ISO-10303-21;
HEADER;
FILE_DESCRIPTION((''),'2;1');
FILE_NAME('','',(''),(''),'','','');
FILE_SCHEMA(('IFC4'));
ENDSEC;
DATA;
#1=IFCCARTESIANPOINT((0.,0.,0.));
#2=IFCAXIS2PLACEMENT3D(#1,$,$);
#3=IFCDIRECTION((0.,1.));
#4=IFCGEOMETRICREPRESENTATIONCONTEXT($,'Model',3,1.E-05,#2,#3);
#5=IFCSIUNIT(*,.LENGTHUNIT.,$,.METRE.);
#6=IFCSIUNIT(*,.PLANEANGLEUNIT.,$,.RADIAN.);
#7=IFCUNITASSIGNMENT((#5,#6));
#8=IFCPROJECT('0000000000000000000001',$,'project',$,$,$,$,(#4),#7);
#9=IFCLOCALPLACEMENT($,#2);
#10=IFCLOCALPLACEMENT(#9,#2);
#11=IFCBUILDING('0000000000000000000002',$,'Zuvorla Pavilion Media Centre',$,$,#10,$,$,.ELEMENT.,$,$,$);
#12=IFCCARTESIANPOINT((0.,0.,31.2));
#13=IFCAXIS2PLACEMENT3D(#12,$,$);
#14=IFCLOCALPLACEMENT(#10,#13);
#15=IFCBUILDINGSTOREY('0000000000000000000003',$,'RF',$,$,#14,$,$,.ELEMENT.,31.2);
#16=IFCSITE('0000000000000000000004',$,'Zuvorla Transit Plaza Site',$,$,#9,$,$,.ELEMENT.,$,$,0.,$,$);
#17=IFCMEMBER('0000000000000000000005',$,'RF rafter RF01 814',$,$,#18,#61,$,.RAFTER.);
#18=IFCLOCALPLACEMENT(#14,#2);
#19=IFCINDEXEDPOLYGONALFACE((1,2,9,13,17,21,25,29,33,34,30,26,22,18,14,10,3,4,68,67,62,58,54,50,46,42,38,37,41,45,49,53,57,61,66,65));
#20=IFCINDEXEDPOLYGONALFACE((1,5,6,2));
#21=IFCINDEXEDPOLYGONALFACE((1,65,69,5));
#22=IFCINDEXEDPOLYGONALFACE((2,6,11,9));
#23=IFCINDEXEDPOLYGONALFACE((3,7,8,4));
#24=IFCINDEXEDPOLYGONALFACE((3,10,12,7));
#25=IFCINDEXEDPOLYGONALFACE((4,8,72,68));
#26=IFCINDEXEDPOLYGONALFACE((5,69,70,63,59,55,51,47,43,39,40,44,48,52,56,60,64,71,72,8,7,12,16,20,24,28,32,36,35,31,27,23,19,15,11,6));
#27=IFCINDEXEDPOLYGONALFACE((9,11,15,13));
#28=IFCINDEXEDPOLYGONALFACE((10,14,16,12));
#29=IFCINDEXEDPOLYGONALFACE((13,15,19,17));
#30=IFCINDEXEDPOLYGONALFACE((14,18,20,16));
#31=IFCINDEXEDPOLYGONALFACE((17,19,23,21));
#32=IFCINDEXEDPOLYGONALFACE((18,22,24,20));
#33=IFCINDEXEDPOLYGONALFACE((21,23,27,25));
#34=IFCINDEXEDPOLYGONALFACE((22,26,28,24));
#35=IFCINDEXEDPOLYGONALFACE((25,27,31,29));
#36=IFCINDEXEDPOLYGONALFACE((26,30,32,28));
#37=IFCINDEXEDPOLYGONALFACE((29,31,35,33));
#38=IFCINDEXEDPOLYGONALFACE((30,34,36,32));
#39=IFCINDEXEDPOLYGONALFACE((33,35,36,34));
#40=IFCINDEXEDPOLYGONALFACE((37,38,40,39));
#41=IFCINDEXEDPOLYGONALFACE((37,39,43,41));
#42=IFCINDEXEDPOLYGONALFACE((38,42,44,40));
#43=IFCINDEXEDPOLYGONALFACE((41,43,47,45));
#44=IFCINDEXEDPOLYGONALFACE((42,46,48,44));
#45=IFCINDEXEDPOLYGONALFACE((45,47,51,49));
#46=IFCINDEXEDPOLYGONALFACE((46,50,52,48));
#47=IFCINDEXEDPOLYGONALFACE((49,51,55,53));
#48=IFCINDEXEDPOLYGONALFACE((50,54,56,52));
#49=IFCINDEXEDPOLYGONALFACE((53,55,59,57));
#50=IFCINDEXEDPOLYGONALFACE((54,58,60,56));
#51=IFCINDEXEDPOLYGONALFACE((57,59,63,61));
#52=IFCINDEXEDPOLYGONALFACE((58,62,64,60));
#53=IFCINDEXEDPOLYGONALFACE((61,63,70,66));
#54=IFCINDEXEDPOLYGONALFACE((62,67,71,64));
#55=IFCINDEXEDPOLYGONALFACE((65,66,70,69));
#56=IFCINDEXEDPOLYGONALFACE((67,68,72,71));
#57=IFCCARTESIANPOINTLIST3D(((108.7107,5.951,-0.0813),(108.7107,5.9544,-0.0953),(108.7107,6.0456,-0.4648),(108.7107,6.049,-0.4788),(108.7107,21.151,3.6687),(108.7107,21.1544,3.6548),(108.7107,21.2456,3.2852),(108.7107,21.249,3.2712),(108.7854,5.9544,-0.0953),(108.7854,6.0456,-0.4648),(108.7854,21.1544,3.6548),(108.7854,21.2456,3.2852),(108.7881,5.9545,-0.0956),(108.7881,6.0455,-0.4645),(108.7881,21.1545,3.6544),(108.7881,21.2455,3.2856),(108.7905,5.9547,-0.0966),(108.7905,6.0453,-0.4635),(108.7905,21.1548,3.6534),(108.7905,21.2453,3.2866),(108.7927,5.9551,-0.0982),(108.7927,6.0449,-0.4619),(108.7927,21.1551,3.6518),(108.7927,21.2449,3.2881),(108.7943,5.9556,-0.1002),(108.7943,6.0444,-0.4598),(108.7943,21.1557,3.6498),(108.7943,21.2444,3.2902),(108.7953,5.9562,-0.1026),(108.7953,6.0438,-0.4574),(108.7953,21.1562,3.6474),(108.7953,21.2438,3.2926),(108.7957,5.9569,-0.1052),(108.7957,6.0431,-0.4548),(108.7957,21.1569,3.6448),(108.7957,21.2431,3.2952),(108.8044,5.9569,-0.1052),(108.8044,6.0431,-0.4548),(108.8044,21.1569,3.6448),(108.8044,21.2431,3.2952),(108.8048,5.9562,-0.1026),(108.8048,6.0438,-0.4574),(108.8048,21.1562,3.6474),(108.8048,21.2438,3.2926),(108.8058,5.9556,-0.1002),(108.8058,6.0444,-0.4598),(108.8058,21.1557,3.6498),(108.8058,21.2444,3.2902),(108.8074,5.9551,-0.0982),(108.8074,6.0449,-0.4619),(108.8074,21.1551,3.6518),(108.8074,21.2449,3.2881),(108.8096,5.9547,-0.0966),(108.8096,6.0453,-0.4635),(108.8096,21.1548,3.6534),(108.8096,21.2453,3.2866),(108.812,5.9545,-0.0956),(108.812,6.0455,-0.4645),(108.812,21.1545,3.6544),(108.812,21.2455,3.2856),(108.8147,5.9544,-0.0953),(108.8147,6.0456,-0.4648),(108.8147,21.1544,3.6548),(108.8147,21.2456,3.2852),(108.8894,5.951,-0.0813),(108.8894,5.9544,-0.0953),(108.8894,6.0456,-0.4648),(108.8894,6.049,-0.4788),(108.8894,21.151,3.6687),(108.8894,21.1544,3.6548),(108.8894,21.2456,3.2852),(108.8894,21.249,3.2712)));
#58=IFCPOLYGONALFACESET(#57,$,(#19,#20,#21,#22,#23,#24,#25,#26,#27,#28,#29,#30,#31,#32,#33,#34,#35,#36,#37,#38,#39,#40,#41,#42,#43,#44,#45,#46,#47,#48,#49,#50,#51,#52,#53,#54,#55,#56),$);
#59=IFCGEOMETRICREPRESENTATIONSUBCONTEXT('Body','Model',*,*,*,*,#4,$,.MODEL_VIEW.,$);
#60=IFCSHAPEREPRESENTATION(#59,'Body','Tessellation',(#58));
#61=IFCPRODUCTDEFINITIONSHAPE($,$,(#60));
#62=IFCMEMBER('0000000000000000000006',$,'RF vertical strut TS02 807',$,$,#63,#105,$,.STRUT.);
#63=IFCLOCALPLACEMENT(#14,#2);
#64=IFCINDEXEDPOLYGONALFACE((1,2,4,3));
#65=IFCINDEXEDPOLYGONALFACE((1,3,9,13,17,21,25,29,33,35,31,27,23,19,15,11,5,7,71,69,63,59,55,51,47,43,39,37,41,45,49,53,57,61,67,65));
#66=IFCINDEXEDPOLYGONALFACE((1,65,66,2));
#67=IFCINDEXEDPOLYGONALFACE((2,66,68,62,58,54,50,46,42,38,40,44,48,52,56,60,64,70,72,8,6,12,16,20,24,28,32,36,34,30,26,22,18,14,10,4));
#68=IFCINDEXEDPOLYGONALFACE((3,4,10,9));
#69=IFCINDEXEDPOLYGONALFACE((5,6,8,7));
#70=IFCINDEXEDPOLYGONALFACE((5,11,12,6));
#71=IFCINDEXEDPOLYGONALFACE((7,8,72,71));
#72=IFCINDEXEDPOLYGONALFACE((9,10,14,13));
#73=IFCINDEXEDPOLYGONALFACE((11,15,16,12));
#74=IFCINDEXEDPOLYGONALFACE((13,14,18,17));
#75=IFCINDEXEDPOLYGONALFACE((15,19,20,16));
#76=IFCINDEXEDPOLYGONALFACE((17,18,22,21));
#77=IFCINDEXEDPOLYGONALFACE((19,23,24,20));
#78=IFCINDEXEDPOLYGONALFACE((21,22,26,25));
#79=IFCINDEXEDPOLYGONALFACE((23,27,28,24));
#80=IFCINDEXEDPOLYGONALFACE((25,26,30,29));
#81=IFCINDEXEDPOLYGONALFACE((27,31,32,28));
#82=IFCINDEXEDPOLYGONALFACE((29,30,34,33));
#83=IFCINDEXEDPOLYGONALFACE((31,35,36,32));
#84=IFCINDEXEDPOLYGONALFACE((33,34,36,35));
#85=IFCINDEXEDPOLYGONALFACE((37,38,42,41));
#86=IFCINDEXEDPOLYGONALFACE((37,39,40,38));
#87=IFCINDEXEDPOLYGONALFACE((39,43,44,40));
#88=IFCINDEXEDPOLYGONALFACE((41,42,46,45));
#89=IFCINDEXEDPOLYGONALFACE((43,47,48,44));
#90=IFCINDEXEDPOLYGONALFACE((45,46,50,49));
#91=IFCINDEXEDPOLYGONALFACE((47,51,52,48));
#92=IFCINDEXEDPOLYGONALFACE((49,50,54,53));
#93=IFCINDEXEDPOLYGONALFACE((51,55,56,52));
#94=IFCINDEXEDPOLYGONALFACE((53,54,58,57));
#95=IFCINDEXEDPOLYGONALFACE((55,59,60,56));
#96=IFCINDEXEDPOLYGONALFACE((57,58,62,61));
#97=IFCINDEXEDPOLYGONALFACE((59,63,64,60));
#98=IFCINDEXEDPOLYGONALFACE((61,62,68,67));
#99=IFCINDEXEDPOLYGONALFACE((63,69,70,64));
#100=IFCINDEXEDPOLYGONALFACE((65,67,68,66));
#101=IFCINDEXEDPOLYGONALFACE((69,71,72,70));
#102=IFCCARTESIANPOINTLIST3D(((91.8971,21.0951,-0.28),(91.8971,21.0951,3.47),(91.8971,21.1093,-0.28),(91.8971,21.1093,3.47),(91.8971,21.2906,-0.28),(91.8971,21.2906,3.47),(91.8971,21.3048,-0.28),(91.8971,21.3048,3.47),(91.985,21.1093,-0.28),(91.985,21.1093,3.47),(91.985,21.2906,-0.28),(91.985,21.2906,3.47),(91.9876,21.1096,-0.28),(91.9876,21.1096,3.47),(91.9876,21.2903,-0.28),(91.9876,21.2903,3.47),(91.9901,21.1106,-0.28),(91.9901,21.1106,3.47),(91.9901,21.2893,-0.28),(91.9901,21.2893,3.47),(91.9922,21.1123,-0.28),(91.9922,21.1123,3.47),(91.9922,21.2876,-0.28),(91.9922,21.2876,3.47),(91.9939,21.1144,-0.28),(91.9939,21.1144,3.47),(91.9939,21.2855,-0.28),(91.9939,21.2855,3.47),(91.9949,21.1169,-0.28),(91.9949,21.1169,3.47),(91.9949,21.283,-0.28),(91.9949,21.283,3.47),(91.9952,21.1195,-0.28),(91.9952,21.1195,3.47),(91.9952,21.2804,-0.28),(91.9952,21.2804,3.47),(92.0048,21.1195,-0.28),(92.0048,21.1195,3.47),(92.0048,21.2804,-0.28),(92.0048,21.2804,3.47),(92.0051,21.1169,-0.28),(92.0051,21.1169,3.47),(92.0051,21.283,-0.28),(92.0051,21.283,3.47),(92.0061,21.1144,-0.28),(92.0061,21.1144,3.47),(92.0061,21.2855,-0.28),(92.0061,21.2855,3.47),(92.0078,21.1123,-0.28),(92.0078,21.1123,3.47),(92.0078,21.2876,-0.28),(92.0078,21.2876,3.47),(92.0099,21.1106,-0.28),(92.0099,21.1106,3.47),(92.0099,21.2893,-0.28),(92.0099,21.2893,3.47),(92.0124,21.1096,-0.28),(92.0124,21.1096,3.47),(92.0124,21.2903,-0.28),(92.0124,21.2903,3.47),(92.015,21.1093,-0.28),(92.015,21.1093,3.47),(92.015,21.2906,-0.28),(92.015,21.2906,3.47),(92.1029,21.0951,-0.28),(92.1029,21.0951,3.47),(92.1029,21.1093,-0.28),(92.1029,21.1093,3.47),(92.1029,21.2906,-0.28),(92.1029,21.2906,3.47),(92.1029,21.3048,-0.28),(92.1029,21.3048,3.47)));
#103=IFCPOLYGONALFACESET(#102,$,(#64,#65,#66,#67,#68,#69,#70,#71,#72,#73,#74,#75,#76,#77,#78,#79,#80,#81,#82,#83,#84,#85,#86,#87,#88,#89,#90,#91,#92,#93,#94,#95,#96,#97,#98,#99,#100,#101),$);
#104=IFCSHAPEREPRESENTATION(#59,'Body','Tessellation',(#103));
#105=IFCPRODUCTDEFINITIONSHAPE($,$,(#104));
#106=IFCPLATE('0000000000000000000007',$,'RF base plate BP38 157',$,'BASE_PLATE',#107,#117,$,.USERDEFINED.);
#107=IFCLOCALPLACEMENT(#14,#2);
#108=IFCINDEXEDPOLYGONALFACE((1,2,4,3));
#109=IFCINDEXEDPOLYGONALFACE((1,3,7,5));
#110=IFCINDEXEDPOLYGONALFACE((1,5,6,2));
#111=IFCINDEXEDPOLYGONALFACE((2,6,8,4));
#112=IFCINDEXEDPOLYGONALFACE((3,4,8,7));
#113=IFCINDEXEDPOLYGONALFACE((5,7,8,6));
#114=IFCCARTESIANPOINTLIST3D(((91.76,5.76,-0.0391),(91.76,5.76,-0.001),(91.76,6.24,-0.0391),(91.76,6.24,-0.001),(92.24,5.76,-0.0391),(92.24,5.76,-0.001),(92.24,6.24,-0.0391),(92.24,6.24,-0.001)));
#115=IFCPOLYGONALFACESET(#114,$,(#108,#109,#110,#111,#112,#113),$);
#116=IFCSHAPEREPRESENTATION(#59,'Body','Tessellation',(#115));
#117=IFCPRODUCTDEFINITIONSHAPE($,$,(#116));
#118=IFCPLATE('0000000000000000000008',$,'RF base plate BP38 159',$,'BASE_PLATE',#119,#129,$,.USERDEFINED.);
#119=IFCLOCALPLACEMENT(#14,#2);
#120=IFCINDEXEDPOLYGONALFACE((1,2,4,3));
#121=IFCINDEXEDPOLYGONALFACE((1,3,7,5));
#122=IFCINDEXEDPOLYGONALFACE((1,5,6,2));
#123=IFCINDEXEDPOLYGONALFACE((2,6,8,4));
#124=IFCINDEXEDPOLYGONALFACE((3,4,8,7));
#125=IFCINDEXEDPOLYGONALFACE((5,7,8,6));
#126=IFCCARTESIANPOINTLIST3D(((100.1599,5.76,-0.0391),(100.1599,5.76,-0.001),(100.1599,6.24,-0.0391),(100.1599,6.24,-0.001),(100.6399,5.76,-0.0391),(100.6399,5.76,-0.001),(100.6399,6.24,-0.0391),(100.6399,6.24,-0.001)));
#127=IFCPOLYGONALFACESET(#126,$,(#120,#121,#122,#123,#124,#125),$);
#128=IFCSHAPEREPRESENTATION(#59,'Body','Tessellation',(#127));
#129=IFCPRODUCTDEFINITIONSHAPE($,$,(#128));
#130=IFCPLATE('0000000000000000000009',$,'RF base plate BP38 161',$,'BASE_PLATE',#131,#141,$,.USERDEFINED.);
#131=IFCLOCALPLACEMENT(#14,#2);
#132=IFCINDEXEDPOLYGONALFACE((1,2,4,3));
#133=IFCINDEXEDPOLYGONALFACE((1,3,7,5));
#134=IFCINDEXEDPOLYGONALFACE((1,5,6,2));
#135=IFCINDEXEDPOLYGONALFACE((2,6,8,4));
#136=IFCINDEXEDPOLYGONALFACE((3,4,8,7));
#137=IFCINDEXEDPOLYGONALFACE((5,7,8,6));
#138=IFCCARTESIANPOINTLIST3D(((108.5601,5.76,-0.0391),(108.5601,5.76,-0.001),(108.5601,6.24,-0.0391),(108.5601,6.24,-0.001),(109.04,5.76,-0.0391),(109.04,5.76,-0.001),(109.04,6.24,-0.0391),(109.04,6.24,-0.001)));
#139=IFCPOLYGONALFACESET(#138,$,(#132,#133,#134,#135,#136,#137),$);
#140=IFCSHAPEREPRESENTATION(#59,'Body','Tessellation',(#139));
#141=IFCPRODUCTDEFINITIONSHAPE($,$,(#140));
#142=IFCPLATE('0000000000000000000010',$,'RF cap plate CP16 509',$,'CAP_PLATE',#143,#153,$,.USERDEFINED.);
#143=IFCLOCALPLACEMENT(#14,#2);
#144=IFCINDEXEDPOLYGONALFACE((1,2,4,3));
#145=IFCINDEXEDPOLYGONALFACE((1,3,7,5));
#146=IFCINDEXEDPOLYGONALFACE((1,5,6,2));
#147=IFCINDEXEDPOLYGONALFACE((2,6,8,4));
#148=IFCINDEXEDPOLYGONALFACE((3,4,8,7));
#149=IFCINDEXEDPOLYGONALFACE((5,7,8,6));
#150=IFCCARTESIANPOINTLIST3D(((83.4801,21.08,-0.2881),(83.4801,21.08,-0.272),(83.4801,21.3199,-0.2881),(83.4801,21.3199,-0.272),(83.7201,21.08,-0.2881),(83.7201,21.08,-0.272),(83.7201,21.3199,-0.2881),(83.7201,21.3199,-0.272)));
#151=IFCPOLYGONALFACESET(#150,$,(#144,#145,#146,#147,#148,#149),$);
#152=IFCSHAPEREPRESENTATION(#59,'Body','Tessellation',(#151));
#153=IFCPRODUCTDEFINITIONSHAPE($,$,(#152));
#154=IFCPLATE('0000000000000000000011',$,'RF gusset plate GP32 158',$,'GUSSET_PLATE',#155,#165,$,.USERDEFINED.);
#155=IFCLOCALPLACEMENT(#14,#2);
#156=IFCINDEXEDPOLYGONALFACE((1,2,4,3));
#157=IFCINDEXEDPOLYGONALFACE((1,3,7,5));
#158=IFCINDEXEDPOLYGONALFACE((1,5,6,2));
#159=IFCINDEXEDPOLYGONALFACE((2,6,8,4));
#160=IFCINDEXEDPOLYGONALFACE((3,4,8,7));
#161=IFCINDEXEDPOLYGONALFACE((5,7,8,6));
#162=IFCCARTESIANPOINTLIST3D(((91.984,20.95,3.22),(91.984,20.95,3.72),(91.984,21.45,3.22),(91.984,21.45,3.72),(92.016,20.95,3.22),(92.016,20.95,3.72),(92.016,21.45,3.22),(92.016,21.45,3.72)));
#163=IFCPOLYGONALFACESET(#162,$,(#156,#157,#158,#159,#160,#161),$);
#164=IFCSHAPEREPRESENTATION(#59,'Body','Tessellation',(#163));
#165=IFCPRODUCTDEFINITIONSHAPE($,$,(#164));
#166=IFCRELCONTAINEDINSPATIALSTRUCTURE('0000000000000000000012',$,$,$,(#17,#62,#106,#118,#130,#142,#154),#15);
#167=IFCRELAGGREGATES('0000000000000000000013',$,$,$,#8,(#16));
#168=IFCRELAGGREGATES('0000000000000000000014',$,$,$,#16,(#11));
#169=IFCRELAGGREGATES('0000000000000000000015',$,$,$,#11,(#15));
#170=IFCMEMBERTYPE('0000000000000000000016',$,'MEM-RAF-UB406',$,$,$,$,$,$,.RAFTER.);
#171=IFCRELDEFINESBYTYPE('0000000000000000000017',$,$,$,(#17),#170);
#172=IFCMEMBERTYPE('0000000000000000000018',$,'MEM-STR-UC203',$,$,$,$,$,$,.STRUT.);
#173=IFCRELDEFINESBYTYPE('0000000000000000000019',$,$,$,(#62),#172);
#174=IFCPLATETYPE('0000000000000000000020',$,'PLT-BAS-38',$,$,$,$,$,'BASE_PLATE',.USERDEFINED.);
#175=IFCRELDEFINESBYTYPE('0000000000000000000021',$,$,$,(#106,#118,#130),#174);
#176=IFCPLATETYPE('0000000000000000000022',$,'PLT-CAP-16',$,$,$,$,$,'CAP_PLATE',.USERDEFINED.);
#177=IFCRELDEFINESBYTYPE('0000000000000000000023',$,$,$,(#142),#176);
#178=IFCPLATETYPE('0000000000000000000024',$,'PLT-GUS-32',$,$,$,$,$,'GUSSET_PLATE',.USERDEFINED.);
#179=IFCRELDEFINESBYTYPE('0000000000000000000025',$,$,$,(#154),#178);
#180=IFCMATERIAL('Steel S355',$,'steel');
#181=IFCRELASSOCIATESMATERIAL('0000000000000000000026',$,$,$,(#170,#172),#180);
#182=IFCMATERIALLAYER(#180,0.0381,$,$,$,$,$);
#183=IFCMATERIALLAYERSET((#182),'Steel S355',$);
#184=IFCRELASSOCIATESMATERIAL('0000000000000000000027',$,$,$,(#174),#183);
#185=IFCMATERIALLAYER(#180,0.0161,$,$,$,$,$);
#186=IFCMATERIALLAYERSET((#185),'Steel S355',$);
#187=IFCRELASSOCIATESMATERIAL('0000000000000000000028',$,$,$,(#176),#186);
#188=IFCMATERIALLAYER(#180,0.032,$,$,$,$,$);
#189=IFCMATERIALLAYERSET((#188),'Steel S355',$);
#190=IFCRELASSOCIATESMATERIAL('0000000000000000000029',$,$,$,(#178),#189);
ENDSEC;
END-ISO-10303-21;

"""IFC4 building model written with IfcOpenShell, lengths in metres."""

from ifc_helpers import new_model, si_unit, direction, frame, origin, origin_2d, place, context, subcontext, project, spatial, rectangle, i_section, extrude, material, layer, layer_set, material_profile, profile_set, type_object, element, save


model = new_model("IFC4")

# Units and contexts
model_context = context("Model", 3, precision=1e-05, world=origin(), true_north=direction((0.0, 1.0)))
body_context = subcontext(model_context, "Body", "Model", "MODEL_VIEW")
ifc_project = project(units=[si_unit("LENGTHUNIT", "METRE"), si_unit("PLANEANGLEUNIT", "RADIAN")], contexts=[model_context])

# Site, building, storey
site_placement = place(None, origin())
site = spatial("IfcSite", under=ifc_project, at=site_placement, Name="Zuvorla Transit Plaza Site", CompositionType="ELEMENT", RefElevation=0.0)
building_placement = place(site_placement, origin())
building = spatial("IfcBuilding", under=site, at=building_placement, Name="Zuvorla Pavilion Media Centre", CompositionType="ELEMENT")
storey_placement = place(building_placement, frame((0.0, 0.0, 31.2)))
storey = spatial("IfcBuildingStorey", under=building, at=storey_placement, Name="RF", CompositionType="ELEMENT", Elevation=31.2)

# Shared definitions
ifc_material = material(Name="Steel S355", Category="steel")

# Members
ifc_material_profile_1 = material_profile(ifc_material, i_section(OverallWidth=0.1787, OverallDepth=0.4094, WebThickness=0.0088, FlangeThickness=0.0144, FilletRadius=0.0103, at=origin_2d()), Name="UB 406x178x67")
ifc_profile_set_1 = profile_set([ifc_material_profile_1], Name="Steel S355")
member_type_1 = type_object("IfcMemberType", Name="MEM-RAF-UB406", PredefinedType="RAFTER", material=ifc_profile_set_1)
for number, where, z_axis, x_axis, name in (
    (1, (108.8, 6.0, -0.28), (0.0, 0.970889, 0.239529), (-1.0, 0.0, 0.0), "RF rafter RF01 814"),
):
    element("IfcMember", number, at=place(storey_placement, frame(where, z_axis=z_axis, x_axis=x_axis)), inside=storey, type_object=member_type_1, Name=name, PredefinedType="RAFTER", context=body_context, shape_type="SweptSolid", body=[
        extrude(i_section(OverallWidth=0.1787, OverallDepth=0.4094, WebThickness=0.0088, FlangeThickness=0.0144, FilletRadius=0.0103, at=origin_2d()), origin(), (0.0, 0.0, 1.0), 15.6558),
    ])
ifc_material_profile_2 = material_profile(ifc_material, i_section(OverallWidth=0.2058, OverallDepth=0.2097, WebThickness=0.0095, FlangeThickness=0.0142, FilletRadius=0.0103, at=origin_2d()), Name="UC 203x203x60")
ifc_profile_set_2 = profile_set([ifc_material_profile_2], Name="Steel S355")
member_type_2 = type_object("IfcMemberType", Name="MEM-STR-UC203", PredefinedType="STRUT", material=ifc_profile_set_2)
member_placement = place(storey_placement, frame((92.0, 21.2, -0.28), z_axis=(0.0, 0.0, 1.0), x_axis=(1.0, 0.0, 0.0)))
element("IfcMember", 2, at=member_placement, inside=storey, type_object=member_type_2, Name="RF vertical strut TS02 807", PredefinedType="STRUT", context=body_context, shape_type="SweptSolid", body=[
    extrude(i_section(OverallWidth=0.2058, OverallDepth=0.2097, WebThickness=0.0095, FlangeThickness=0.0142, FilletRadius=0.0103, at=origin_2d()), origin(), (0.0, 0.0, 1.0), 3.75),
])

# Plates
ifc_layer_1 = layer(ifc_material, 0.0381)
ifc_layer_set_1 = layer_set([ifc_layer_1], Name="Steel S355")
plate_type_1 = type_object("IfcPlateType", Name="PLT-BAS-38", ElementType="BASE_PLATE", PredefinedType="USERDEFINED", material=ifc_layer_set_1)
for number, where, z_axis, x_axis, name in (
    (3, (92.0, 6.0, -0.0391), (0.0, 0.0, 1.0), (1.0, 0.0, 0.0), "RF base plate BP38 157"),
    (4, (100.3999, 6.0, -0.0391), (0.0, 0.0, 1.0), (1.0, 0.0, 0.0), "RF base plate BP38 159"),
    (5, (108.8, 6.0, -0.0391), (0.0, 0.0, 1.0), (1.0, 0.0, 0.0), "RF base plate BP38 161"),
):
    element("IfcPlate", number, at=place(storey_placement, frame(where, z_axis=z_axis, x_axis=x_axis)), inside=storey, type_object=plate_type_1, Name=name, ObjectType="BASE_PLATE", PredefinedType="USERDEFINED", context=body_context, shape_type="SweptSolid", body=[
        extrude(rectangle(XDim=0.48, YDim=0.48, at=origin_2d()), origin(), (0.0, 0.0, 1.0), 0.0381),
    ])
ifc_layer_2 = layer(ifc_material, 0.0161)
ifc_layer_set_2 = layer_set([ifc_layer_2], Name="Steel S355")
plate_type_2 = type_object("IfcPlateType", Name="PLT-CAP-16", ElementType="CAP_PLATE", PredefinedType="USERDEFINED", material=ifc_layer_set_2)
plate_1_placement = place(storey_placement, frame((83.6001, 21.2, -0.2881), z_axis=(0.0, 0.0, 1.0), x_axis=(1.0, 0.0, 0.0)))
element("IfcPlate", 6, at=plate_1_placement, inside=storey, type_object=plate_type_2, Name="RF cap plate CP16 509", ObjectType="CAP_PLATE", PredefinedType="USERDEFINED", context=body_context, shape_type="SweptSolid", body=[
    extrude(rectangle(XDim=0.24, YDim=0.24, at=origin_2d()), origin(), (0.0, 0.0, 1.0), 0.0161),
])
ifc_layer_3 = layer(ifc_material, 0.032)
ifc_layer_set_3 = layer_set([ifc_layer_3], Name="Steel S355")
plate_type_3 = type_object("IfcPlateType", Name="PLT-GUS-32", ElementType="GUSSET_PLATE", PredefinedType="USERDEFINED", material=ifc_layer_set_3)
plate_2_placement = place(storey_placement, frame((92.0, 21.2, 3.22), z_axis=(0.0, 0.0, 1.0), x_axis=(1.0, 0.0, 0.0)))
element("IfcPlate", 7, at=plate_2_placement, inside=storey, type_object=plate_type_3, Name="RF gusset plate GP32 158", ObjectType="GUSSET_PLATE", PredefinedType="USERDEFINED", context=body_context, shape_type="SweptSolid", body=[
    extrude(rectangle(XDim=0.032, YDim=0.5, at=origin_2d()), origin(), (0.0, 0.0, 1.0), 0.5),
])

save(model, "model.ifc")
